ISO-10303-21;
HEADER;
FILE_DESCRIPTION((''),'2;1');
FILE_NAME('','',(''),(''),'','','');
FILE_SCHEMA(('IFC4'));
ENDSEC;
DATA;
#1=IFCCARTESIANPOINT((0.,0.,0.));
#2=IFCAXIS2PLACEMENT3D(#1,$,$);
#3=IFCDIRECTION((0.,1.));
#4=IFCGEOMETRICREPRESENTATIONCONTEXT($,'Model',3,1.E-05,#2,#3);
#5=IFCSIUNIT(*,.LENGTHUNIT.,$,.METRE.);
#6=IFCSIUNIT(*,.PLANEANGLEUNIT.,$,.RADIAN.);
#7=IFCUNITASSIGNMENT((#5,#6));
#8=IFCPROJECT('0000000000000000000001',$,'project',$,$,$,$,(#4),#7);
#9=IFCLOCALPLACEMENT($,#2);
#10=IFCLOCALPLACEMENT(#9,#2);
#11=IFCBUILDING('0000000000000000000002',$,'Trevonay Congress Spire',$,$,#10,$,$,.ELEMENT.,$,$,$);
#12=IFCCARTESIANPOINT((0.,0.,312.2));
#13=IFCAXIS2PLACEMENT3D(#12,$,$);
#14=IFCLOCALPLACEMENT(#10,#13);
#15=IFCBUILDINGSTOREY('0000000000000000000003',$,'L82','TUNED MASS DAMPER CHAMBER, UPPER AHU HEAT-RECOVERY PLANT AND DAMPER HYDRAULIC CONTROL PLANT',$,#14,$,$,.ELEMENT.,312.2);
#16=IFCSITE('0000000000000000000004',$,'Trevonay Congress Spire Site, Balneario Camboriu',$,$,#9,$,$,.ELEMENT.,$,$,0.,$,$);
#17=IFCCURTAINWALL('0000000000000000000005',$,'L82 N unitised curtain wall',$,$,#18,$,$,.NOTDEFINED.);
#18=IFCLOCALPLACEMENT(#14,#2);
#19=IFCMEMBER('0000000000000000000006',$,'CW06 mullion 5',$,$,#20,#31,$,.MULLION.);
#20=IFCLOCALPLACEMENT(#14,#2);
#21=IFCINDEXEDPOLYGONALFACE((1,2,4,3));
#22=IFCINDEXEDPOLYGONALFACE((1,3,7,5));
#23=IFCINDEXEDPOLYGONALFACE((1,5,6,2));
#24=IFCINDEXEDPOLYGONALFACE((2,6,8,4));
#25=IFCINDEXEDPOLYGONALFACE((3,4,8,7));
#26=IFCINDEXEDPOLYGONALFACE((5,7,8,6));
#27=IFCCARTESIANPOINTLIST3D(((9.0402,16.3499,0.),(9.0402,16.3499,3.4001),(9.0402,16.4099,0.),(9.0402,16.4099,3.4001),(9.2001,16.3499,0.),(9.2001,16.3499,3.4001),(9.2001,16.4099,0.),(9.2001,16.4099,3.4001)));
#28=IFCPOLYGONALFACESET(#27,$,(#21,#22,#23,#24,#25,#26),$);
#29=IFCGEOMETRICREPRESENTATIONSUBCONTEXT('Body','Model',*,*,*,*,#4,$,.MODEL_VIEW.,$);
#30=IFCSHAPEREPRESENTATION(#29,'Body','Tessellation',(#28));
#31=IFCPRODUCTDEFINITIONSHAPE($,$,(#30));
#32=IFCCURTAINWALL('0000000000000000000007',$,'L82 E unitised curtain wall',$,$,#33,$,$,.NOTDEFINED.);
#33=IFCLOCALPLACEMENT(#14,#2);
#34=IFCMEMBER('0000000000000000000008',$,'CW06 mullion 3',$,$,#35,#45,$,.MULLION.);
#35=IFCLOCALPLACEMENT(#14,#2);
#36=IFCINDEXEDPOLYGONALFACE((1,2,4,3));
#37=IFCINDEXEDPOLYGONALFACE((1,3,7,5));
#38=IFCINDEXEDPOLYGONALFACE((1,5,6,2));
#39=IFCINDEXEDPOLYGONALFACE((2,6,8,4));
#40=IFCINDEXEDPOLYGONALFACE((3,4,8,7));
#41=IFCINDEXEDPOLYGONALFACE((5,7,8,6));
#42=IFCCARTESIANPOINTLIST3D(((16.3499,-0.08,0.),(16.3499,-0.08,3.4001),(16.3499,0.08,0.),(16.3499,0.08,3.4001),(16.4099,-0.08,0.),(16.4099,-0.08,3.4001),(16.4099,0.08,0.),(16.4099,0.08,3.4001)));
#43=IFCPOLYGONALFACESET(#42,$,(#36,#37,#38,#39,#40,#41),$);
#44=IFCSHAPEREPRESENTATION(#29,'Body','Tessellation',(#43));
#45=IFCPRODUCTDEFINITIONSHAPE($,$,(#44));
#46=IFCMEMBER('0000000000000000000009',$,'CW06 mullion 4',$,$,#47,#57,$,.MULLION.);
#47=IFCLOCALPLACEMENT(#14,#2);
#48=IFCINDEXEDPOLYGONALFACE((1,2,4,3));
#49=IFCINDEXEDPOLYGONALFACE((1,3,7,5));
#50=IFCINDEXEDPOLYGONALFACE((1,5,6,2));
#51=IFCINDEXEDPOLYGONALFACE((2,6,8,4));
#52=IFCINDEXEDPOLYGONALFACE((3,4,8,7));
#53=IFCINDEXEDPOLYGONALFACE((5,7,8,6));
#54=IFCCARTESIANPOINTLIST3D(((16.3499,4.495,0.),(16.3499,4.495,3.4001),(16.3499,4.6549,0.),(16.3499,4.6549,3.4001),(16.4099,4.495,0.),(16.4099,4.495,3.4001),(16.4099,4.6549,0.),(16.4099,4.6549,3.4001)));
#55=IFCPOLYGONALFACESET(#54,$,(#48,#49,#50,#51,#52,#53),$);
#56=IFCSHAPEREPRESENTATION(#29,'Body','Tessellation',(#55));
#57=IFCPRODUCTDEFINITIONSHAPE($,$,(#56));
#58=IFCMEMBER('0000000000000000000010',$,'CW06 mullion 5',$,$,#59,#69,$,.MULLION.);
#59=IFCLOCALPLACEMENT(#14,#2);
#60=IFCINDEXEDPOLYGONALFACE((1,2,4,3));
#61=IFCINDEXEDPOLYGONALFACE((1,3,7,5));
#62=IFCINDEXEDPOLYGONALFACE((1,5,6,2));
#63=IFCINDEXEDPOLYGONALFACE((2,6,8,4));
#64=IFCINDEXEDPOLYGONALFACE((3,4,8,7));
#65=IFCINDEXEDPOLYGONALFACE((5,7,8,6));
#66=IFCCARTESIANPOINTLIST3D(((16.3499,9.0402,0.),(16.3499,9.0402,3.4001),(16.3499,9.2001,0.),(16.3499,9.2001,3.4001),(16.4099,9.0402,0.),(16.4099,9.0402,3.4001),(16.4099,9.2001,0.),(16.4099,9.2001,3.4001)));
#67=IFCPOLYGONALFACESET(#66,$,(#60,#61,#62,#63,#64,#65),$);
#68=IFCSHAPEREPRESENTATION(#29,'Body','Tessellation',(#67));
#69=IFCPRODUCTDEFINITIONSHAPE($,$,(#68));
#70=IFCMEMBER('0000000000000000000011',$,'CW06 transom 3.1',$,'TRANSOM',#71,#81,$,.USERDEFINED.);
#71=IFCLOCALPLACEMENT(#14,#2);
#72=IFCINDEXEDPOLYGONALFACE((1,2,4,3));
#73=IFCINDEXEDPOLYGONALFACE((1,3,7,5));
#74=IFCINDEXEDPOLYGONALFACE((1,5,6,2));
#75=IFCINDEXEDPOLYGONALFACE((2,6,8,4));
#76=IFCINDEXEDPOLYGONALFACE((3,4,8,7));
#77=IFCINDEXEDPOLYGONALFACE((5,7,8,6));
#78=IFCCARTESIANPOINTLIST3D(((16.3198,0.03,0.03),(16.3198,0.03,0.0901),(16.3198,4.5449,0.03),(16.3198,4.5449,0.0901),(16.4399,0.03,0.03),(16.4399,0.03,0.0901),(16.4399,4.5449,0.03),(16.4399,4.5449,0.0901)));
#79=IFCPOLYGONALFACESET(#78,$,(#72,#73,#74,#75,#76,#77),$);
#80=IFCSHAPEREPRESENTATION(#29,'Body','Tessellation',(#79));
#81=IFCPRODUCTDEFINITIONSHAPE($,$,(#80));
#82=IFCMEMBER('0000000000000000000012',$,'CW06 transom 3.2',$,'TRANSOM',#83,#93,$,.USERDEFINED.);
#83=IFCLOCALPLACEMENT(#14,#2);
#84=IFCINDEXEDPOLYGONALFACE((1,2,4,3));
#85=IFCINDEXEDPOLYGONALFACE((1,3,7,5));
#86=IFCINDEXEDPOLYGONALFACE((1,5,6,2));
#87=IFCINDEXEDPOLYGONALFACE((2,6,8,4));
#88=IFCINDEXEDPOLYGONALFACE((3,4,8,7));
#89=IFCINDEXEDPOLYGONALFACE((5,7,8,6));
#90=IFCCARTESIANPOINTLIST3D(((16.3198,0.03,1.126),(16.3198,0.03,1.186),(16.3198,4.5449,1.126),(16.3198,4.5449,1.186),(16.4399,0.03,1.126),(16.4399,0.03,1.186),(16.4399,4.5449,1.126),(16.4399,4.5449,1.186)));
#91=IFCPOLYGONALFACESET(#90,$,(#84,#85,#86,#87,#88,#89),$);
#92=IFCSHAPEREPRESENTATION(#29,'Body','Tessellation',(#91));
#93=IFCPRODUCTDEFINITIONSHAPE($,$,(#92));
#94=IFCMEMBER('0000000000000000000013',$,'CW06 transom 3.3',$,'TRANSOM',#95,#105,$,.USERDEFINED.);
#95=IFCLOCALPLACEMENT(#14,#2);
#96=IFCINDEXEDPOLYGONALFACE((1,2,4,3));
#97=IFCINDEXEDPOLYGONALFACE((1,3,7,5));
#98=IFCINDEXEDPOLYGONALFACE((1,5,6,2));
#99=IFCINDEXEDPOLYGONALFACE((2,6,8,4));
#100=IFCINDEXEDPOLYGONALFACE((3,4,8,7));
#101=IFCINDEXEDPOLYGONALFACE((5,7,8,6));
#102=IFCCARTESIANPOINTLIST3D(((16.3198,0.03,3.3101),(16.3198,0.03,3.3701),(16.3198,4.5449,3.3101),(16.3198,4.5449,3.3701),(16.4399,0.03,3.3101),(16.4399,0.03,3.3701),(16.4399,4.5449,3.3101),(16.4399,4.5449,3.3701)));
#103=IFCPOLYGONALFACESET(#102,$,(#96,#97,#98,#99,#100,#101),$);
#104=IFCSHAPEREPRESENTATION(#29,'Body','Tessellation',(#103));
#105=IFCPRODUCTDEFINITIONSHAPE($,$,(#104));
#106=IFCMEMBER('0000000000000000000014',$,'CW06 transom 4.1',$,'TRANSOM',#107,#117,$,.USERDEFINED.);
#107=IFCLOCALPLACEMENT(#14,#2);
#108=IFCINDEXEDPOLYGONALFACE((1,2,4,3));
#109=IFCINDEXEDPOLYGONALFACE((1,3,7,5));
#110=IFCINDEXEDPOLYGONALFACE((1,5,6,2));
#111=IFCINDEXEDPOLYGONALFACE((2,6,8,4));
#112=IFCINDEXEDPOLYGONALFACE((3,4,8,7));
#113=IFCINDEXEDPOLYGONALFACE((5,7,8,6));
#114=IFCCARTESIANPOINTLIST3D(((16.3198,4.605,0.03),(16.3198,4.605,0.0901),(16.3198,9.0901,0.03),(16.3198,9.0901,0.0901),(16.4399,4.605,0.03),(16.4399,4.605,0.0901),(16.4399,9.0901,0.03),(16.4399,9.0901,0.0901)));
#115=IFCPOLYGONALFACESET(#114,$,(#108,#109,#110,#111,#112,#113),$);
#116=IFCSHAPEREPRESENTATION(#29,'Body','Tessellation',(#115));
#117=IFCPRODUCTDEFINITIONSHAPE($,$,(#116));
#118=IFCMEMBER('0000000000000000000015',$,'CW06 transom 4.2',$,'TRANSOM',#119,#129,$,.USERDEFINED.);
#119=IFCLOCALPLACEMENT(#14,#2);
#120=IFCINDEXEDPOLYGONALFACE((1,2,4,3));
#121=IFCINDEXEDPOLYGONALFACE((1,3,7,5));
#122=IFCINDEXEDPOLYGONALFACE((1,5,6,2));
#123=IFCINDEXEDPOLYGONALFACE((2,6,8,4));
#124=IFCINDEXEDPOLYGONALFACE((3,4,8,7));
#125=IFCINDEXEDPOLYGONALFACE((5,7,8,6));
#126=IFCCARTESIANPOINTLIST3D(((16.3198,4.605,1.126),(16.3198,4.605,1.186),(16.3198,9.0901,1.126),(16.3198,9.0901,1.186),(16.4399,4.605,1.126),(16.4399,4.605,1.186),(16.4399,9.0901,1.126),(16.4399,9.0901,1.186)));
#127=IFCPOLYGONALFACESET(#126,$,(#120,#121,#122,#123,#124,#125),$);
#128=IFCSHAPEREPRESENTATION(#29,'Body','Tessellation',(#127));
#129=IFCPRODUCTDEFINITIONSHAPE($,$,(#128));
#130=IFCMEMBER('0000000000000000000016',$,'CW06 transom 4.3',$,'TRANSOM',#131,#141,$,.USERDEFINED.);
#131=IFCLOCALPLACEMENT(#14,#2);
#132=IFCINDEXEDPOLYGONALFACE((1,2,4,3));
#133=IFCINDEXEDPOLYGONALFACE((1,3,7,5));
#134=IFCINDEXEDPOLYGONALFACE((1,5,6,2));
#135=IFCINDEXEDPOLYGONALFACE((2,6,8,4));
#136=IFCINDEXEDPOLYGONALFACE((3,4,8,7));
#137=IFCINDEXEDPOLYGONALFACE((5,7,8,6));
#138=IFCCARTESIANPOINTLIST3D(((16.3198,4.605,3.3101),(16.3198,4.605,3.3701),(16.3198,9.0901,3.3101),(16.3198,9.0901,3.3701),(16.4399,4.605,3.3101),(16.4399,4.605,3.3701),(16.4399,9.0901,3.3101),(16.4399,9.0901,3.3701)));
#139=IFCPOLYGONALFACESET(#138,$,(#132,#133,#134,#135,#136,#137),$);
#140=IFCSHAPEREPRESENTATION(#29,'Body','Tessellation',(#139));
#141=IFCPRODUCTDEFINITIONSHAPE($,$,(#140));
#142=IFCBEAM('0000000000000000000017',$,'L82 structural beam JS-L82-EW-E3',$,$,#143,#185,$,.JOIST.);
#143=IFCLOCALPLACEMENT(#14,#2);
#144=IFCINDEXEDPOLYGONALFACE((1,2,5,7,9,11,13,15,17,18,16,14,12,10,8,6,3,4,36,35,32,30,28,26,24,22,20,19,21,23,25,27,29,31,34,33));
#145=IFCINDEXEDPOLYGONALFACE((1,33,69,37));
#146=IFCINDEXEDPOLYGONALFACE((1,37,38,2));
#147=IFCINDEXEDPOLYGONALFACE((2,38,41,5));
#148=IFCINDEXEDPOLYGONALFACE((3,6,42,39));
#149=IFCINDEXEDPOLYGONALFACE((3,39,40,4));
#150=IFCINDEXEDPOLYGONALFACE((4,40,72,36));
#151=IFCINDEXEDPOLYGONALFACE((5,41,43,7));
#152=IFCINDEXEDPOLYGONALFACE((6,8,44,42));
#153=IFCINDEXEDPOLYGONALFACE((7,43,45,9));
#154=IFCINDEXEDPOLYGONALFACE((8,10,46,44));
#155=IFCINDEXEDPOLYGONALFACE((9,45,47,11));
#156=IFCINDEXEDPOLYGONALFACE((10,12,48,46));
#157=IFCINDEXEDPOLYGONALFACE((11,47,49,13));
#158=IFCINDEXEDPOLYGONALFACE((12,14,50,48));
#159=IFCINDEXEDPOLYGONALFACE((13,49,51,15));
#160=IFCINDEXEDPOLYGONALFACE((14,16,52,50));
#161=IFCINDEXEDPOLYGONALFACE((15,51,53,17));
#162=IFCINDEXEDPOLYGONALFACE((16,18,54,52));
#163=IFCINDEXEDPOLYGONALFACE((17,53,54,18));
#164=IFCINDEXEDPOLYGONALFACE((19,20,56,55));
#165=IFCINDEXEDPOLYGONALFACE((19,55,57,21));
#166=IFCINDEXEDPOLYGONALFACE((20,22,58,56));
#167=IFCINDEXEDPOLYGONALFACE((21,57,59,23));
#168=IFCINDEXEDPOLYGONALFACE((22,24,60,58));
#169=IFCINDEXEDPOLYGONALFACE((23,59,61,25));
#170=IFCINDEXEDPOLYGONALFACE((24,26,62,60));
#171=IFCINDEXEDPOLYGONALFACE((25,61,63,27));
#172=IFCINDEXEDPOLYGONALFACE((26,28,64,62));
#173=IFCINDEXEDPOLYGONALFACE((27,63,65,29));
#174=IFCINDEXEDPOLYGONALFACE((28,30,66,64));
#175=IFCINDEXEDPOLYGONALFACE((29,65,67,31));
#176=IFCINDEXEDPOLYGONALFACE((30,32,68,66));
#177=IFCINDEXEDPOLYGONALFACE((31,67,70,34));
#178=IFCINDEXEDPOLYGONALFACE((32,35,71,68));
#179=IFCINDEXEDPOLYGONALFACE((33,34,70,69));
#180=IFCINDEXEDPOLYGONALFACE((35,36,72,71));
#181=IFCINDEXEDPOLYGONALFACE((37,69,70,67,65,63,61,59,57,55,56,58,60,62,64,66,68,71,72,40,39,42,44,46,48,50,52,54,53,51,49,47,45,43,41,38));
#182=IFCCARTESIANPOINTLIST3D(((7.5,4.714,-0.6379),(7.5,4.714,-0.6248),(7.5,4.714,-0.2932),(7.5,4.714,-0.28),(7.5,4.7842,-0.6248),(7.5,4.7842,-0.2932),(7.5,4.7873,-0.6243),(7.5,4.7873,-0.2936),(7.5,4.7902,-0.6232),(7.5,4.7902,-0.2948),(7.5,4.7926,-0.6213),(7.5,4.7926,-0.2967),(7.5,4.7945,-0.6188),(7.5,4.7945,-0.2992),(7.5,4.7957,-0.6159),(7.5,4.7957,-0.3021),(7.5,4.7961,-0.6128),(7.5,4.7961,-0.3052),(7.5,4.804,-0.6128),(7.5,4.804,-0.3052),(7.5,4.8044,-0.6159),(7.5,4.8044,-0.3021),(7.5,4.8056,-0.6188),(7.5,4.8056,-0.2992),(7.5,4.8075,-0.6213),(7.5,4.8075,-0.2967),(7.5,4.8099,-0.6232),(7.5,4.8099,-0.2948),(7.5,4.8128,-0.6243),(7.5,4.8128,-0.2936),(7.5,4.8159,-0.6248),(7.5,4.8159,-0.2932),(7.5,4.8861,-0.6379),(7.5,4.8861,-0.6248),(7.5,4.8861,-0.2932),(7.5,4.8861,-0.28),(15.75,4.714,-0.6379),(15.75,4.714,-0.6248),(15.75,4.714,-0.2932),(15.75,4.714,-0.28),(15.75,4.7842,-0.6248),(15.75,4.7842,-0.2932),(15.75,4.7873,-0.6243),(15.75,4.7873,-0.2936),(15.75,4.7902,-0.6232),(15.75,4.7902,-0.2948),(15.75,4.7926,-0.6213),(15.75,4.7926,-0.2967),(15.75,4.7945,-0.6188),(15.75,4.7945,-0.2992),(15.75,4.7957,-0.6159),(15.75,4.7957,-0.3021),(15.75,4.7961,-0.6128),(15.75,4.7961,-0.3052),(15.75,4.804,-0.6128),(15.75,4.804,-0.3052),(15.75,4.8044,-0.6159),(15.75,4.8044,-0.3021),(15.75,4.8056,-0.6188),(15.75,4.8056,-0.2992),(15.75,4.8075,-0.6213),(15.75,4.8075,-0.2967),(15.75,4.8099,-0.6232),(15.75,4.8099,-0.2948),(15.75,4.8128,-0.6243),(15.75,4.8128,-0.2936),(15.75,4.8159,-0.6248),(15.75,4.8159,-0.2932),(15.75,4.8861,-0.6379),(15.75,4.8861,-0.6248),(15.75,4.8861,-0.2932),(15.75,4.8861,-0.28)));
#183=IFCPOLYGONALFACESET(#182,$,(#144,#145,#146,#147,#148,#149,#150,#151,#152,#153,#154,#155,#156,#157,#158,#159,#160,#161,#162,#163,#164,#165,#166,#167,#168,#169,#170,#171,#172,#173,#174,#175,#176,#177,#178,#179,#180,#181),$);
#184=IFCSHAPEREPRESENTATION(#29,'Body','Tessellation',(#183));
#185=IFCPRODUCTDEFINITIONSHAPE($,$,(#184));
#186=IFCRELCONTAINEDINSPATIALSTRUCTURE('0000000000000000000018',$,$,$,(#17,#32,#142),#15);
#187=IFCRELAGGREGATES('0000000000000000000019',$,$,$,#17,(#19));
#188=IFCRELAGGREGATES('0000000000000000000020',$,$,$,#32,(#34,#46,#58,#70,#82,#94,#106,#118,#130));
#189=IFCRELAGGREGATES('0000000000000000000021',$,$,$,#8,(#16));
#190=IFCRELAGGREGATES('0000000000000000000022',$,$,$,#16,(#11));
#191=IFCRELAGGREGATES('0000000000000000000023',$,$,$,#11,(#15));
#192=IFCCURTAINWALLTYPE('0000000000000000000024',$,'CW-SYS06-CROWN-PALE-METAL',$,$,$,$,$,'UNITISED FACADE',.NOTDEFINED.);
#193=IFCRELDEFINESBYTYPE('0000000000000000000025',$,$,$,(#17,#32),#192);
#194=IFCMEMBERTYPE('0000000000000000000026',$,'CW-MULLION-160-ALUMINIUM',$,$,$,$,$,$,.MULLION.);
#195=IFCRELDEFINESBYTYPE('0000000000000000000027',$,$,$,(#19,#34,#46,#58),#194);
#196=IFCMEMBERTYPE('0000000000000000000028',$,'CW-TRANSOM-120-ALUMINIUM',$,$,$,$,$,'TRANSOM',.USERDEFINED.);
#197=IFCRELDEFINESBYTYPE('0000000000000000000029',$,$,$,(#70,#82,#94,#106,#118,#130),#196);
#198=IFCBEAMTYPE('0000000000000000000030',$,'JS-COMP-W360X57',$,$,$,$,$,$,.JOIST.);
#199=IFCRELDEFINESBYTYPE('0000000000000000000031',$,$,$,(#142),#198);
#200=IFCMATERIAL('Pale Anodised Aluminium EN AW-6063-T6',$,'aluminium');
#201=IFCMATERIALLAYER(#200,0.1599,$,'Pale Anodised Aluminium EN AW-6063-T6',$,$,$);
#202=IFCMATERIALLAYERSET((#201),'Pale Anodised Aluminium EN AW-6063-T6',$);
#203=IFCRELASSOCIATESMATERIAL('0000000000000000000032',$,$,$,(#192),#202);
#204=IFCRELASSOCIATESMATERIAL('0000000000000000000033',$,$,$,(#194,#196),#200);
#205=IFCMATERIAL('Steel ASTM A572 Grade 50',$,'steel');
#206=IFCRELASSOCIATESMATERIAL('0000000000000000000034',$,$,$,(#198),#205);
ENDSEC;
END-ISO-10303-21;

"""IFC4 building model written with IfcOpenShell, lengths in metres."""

from ifc_helpers import new_model, si_unit, direction, frame, origin, origin_2d, place, context, subcontext, project, spatial, rectangle, i_section, extrude, material, layer, layer_set, material_profile, profile_set, type_object, element, aggregate, save


model = new_model("IFC4")

# Units and contexts
model_context = context("Model", 3, precision=1e-05, world=origin(), true_north=direction((0.0, 1.0)))
body_context = subcontext(model_context, "Body", "Model", "MODEL_VIEW")
ifc_project = project(units=[si_unit("LENGTHUNIT", "METRE"), si_unit("PLANEANGLEUNIT", "RADIAN")], contexts=[model_context])

# Site, building, storey
site_placement = place(None, origin())
site = spatial("IfcSite", under=ifc_project, at=site_placement, Name="Trevonay Congress Spire Site, Balneario Camboriu", CompositionType="ELEMENT", RefElevation=0.0)
building_placement = place(site_placement, origin())
building = spatial("IfcBuilding", under=site, at=building_placement, Name="Trevonay Congress Spire", CompositionType="ELEMENT")
storey_placement = place(building_placement, frame((0.0, 0.0, 312.2)))
storey = spatial("IfcBuildingStorey", under=building, at=storey_placement, Name="L82", Description="TUNED MASS DAMPER CHAMBER, UPPER AHU HEAT-RECOVERY PLANT AND DAMPER HYDRAULIC CONTROL PLANT", CompositionType="ELEMENT", Elevation=312.2)

# Shared definitions
ifc_material_1 = material(Name="Steel ASTM A572 Grade 50", Category="steel")

# Curtain wall, member
ifc_material_2 = material(Name="Pale Anodised Aluminium EN AW-6063-T6", Category="aluminium")
ifc_layer_1 = layer(ifc_material_2, 0.1599, Name="Pale Anodised Aluminium EN AW-6063-T6")
ifc_layer_set_1 = layer_set([ifc_layer_1], Name="Pale Anodised Aluminium EN AW-6063-T6")
curtain_wall_type = type_object("IfcCurtainWallType", Name="CW-SYS06-CROWN-PALE-METAL", ElementType="UNITISED FACADE", PredefinedType="NOTDEFINED", material=ifc_layer_set_1)
curtain_wall_1_placement = place(storey_placement, origin())
curtain_wall_1 = element("IfcCurtainWall", 1, at=curtain_wall_1_placement, inside=storey, type_object=curtain_wall_type, Name="L82 N unitised curtain wall", PredefinedType="NOTDEFINED")
ifc_material_profile_1 = material_profile(ifc_material_2, rectangle(XDim=0.0601, YDim=0.1599, at=origin_2d()), Name="CW-MULLION-160-ALUMINIUM")
ifc_profile_set_1 = profile_set([ifc_material_profile_1], Name="Pale Anodised Aluminium EN AW-6063-T6")
member_type_1 = type_object("IfcMemberType", Name="CW-MULLION-160-ALUMINIUM", PredefinedType="MULLION", material=ifc_profile_set_1)
member_1_placement = place(storey_placement, frame((9.1201, 16.3799, 0.0), z_axis=(0.0, 0.0, 1.0), x_axis=(0.0, 1.0, 0.0)))
member_1 = element("IfcMember", 2, at=member_1_placement, type_object=member_type_1, Name="CW06 mullion 5", PredefinedType="MULLION", context=body_context, shape_type="SweptSolid", body=[
    extrude(rectangle(XDim=0.0601, YDim=0.1599, at=origin_2d()), origin(), (0.0, 0.0, 1.0), 3.4001),
])
aggregate(curtain_wall_1, [member_1])

# Curtain wall, members
curtain_wall_2_placement = place(storey_placement, origin())
curtain_wall_2 = element("IfcCurtainWall", 3, at=curtain_wall_2_placement, inside=storey, type_object=curtain_wall_type, Name="L82 E unitised curtain wall", PredefinedType="NOTDEFINED")
member_2_placement = place(storey_placement, frame((16.3799, 0.0, 0.0), z_axis=(0.0, 0.0, 1.0), x_axis=(-1.0, 0.0, 0.0)))
member_2 = element("IfcMember", 4, at=member_2_placement, type_object=member_type_1, Name="CW06 mullion 3", PredefinedType="MULLION", context=body_context, shape_type="SweptSolid", body=[
    extrude(rectangle(XDim=0.0601, YDim=0.1599, at=origin_2d()), origin(), (0.0, 0.0, 1.0), 3.4001),
])
member_3_placement = place(storey_placement, frame((16.3799, 4.575, 0.0), z_axis=(0.0, 0.0, 1.0), x_axis=(-1.0, 0.0, 0.0)))
member_3 = element("IfcMember", 5, at=member_3_placement, type_object=member_type_1, Name="CW06 mullion 4", PredefinedType="MULLION", context=body_context, shape_type="SweptSolid", body=[
    extrude(rectangle(XDim=0.0601, YDim=0.1599, at=origin_2d()), origin(), (0.0, 0.0, 1.0), 3.4001),
])
member_4_placement = place(storey_placement, frame((16.3799, 9.1201, 0.0), z_axis=(0.0, 0.0, 1.0), x_axis=(-1.0, 0.0, 0.0)))
member_4 = element("IfcMember", 6, at=member_4_placement, type_object=member_type_1, Name="CW06 mullion 5", PredefinedType="MULLION", context=body_context, shape_type="SweptSolid", body=[
    extrude(rectangle(XDim=0.0601, YDim=0.1599, at=origin_2d()), origin(), (0.0, 0.0, 1.0), 3.4001),
])
ifc_material_profile_2 = material_profile(ifc_material_2, rectangle(XDim=0.1201, YDim=0.0601, at=origin_2d()), Name="CW-TRANSOM-120-ALUMINIUM")
ifc_profile_set_2 = profile_set([ifc_material_profile_2], Name="Pale Anodised Aluminium EN AW-6063-T6")
member_type_2 = type_object("IfcMemberType", Name="CW-TRANSOM-120-ALUMINIUM", ElementType="TRANSOM", PredefinedType="USERDEFINED", material=ifc_profile_set_2)
member_5_placement = place(storey_placement, frame((16.3799, 0.03, 0.0601), z_axis=(0.0, 1.0, 0.0), x_axis=(-1.0, 0.0, 0.0)))
member_5 = element("IfcMember", 7, at=member_5_placement, type_object=member_type_2, Name="CW06 transom 3.1", ObjectType="TRANSOM", PredefinedType="USERDEFINED", context=body_context, shape_type="SweptSolid", body=[
    extrude(rectangle(XDim=0.1201, YDim=0.0601, at=origin_2d()), origin(), (0.0, 0.0, 1.0), 4.5149),
])
member_6_placement = place(storey_placement, frame((16.3799, 0.03, 1.156), z_axis=(0.0, 1.0, 0.0), x_axis=(-1.0, 0.0, 0.0)))
member_6 = element("IfcMember", 8, at=member_6_placement, type_object=member_type_2, Name="CW06 transom 3.2", ObjectType="TRANSOM", PredefinedType="USERDEFINED", context=body_context, shape_type="SweptSolid", body=[
    extrude(rectangle(XDim=0.1201, YDim=0.0601, at=origin_2d()), origin(), (0.0, 0.0, 1.0), 4.5149),
])
member_7_placement = place(storey_placement, frame((16.3799, 0.03, 3.3401), z_axis=(0.0, 1.0, 0.0), x_axis=(-1.0, 0.0, 0.0)))
member_7 = element("IfcMember", 9, at=member_7_placement, type_object=member_type_2, Name="CW06 transom 3.3", ObjectType="TRANSOM", PredefinedType="USERDEFINED", context=body_context, shape_type="SweptSolid", body=[
    extrude(rectangle(XDim=0.1201, YDim=0.0601, at=origin_2d()), origin(), (0.0, 0.0, 1.0), 4.5149),
])
member_8_placement = place(storey_placement, frame((16.3799, 4.605, 0.0601), z_axis=(0.0, 1.0, 0.0), x_axis=(-1.0, 0.0, 0.0)))
member_8 = element("IfcMember", 10, at=member_8_placement, type_object=member_type_2, Name="CW06 transom 4.1", ObjectType="TRANSOM", PredefinedType="USERDEFINED", context=body_context, shape_type="SweptSolid", body=[
    extrude(rectangle(XDim=0.1201, YDim=0.0601, at=origin_2d()), origin(), (0.0, 0.0, 1.0), 4.4851),
])
member_9_placement = place(storey_placement, frame((16.3799, 4.605, 1.156), z_axis=(0.0, 1.0, 0.0), x_axis=(-1.0, 0.0, 0.0)))
member_9 = element("IfcMember", 11, at=member_9_placement, type_object=member_type_2, Name="CW06 transom 4.2", ObjectType="TRANSOM", PredefinedType="USERDEFINED", context=body_context, shape_type="SweptSolid", body=[
    extrude(rectangle(XDim=0.1201, YDim=0.0601, at=origin_2d()), origin(), (0.0, 0.0, 1.0), 4.4851),
])
member_10_placement = place(storey_placement, frame((16.3799, 4.605, 3.3401), z_axis=(0.0, 1.0, 0.0), x_axis=(-1.0, 0.0, 0.0)))
member_10 = element("IfcMember", 12, at=member_10_placement, type_object=member_type_2, Name="CW06 transom 4.3", ObjectType="TRANSOM", PredefinedType="USERDEFINED", context=body_context, shape_type="SweptSolid", body=[
    extrude(rectangle(XDim=0.1201, YDim=0.0601, at=origin_2d()), origin(), (0.0, 0.0, 1.0), 4.4851),
])

# Beam
ifc_material_profile_3 = material_profile(ifc_material_1, i_section(OverallWidth=0.1721, OverallDepth=0.3579, WebThickness=0.0078, FlangeThickness=0.0132, FilletRadius=0.012, at=origin_2d()), Name="W360x57.8")
ifc_profile_set_3 = profile_set([ifc_material_profile_3], Name="Steel ASTM A572 Grade 50")
beam_type_1 = type_object("IfcBeamType", Name="JS-COMP-W360X57", PredefinedType="JOIST", material=ifc_profile_set_3)
beam_1_placement = place(storey_placement, frame((7.5, 4.8, -0.459), z_axis=(1.0, 0.0, 0.0), x_axis=(0.0, 1.0, 0.0)))
element("IfcBeam", 13, at=beam_1_placement, inside=storey, type_object=beam_type_1, Name="L82 structural beam JS-L82-EW-E3", PredefinedType="JOIST", context=body_context, shape_type="SweptSolid", body=[
    extrude(i_section(OverallWidth=0.1721, OverallDepth=0.3579, WebThickness=0.0078, FlangeThickness=0.0132, FilletRadius=0.012, at=origin_2d()), origin(), (0.0, 0.0, 1.0), 8.25),
])

aggregate(curtain_wall_2, [member_2, member_3, member_4, member_5, member_6, member_7, member_8, member_9, member_10])

save(model, "model.ifc")
